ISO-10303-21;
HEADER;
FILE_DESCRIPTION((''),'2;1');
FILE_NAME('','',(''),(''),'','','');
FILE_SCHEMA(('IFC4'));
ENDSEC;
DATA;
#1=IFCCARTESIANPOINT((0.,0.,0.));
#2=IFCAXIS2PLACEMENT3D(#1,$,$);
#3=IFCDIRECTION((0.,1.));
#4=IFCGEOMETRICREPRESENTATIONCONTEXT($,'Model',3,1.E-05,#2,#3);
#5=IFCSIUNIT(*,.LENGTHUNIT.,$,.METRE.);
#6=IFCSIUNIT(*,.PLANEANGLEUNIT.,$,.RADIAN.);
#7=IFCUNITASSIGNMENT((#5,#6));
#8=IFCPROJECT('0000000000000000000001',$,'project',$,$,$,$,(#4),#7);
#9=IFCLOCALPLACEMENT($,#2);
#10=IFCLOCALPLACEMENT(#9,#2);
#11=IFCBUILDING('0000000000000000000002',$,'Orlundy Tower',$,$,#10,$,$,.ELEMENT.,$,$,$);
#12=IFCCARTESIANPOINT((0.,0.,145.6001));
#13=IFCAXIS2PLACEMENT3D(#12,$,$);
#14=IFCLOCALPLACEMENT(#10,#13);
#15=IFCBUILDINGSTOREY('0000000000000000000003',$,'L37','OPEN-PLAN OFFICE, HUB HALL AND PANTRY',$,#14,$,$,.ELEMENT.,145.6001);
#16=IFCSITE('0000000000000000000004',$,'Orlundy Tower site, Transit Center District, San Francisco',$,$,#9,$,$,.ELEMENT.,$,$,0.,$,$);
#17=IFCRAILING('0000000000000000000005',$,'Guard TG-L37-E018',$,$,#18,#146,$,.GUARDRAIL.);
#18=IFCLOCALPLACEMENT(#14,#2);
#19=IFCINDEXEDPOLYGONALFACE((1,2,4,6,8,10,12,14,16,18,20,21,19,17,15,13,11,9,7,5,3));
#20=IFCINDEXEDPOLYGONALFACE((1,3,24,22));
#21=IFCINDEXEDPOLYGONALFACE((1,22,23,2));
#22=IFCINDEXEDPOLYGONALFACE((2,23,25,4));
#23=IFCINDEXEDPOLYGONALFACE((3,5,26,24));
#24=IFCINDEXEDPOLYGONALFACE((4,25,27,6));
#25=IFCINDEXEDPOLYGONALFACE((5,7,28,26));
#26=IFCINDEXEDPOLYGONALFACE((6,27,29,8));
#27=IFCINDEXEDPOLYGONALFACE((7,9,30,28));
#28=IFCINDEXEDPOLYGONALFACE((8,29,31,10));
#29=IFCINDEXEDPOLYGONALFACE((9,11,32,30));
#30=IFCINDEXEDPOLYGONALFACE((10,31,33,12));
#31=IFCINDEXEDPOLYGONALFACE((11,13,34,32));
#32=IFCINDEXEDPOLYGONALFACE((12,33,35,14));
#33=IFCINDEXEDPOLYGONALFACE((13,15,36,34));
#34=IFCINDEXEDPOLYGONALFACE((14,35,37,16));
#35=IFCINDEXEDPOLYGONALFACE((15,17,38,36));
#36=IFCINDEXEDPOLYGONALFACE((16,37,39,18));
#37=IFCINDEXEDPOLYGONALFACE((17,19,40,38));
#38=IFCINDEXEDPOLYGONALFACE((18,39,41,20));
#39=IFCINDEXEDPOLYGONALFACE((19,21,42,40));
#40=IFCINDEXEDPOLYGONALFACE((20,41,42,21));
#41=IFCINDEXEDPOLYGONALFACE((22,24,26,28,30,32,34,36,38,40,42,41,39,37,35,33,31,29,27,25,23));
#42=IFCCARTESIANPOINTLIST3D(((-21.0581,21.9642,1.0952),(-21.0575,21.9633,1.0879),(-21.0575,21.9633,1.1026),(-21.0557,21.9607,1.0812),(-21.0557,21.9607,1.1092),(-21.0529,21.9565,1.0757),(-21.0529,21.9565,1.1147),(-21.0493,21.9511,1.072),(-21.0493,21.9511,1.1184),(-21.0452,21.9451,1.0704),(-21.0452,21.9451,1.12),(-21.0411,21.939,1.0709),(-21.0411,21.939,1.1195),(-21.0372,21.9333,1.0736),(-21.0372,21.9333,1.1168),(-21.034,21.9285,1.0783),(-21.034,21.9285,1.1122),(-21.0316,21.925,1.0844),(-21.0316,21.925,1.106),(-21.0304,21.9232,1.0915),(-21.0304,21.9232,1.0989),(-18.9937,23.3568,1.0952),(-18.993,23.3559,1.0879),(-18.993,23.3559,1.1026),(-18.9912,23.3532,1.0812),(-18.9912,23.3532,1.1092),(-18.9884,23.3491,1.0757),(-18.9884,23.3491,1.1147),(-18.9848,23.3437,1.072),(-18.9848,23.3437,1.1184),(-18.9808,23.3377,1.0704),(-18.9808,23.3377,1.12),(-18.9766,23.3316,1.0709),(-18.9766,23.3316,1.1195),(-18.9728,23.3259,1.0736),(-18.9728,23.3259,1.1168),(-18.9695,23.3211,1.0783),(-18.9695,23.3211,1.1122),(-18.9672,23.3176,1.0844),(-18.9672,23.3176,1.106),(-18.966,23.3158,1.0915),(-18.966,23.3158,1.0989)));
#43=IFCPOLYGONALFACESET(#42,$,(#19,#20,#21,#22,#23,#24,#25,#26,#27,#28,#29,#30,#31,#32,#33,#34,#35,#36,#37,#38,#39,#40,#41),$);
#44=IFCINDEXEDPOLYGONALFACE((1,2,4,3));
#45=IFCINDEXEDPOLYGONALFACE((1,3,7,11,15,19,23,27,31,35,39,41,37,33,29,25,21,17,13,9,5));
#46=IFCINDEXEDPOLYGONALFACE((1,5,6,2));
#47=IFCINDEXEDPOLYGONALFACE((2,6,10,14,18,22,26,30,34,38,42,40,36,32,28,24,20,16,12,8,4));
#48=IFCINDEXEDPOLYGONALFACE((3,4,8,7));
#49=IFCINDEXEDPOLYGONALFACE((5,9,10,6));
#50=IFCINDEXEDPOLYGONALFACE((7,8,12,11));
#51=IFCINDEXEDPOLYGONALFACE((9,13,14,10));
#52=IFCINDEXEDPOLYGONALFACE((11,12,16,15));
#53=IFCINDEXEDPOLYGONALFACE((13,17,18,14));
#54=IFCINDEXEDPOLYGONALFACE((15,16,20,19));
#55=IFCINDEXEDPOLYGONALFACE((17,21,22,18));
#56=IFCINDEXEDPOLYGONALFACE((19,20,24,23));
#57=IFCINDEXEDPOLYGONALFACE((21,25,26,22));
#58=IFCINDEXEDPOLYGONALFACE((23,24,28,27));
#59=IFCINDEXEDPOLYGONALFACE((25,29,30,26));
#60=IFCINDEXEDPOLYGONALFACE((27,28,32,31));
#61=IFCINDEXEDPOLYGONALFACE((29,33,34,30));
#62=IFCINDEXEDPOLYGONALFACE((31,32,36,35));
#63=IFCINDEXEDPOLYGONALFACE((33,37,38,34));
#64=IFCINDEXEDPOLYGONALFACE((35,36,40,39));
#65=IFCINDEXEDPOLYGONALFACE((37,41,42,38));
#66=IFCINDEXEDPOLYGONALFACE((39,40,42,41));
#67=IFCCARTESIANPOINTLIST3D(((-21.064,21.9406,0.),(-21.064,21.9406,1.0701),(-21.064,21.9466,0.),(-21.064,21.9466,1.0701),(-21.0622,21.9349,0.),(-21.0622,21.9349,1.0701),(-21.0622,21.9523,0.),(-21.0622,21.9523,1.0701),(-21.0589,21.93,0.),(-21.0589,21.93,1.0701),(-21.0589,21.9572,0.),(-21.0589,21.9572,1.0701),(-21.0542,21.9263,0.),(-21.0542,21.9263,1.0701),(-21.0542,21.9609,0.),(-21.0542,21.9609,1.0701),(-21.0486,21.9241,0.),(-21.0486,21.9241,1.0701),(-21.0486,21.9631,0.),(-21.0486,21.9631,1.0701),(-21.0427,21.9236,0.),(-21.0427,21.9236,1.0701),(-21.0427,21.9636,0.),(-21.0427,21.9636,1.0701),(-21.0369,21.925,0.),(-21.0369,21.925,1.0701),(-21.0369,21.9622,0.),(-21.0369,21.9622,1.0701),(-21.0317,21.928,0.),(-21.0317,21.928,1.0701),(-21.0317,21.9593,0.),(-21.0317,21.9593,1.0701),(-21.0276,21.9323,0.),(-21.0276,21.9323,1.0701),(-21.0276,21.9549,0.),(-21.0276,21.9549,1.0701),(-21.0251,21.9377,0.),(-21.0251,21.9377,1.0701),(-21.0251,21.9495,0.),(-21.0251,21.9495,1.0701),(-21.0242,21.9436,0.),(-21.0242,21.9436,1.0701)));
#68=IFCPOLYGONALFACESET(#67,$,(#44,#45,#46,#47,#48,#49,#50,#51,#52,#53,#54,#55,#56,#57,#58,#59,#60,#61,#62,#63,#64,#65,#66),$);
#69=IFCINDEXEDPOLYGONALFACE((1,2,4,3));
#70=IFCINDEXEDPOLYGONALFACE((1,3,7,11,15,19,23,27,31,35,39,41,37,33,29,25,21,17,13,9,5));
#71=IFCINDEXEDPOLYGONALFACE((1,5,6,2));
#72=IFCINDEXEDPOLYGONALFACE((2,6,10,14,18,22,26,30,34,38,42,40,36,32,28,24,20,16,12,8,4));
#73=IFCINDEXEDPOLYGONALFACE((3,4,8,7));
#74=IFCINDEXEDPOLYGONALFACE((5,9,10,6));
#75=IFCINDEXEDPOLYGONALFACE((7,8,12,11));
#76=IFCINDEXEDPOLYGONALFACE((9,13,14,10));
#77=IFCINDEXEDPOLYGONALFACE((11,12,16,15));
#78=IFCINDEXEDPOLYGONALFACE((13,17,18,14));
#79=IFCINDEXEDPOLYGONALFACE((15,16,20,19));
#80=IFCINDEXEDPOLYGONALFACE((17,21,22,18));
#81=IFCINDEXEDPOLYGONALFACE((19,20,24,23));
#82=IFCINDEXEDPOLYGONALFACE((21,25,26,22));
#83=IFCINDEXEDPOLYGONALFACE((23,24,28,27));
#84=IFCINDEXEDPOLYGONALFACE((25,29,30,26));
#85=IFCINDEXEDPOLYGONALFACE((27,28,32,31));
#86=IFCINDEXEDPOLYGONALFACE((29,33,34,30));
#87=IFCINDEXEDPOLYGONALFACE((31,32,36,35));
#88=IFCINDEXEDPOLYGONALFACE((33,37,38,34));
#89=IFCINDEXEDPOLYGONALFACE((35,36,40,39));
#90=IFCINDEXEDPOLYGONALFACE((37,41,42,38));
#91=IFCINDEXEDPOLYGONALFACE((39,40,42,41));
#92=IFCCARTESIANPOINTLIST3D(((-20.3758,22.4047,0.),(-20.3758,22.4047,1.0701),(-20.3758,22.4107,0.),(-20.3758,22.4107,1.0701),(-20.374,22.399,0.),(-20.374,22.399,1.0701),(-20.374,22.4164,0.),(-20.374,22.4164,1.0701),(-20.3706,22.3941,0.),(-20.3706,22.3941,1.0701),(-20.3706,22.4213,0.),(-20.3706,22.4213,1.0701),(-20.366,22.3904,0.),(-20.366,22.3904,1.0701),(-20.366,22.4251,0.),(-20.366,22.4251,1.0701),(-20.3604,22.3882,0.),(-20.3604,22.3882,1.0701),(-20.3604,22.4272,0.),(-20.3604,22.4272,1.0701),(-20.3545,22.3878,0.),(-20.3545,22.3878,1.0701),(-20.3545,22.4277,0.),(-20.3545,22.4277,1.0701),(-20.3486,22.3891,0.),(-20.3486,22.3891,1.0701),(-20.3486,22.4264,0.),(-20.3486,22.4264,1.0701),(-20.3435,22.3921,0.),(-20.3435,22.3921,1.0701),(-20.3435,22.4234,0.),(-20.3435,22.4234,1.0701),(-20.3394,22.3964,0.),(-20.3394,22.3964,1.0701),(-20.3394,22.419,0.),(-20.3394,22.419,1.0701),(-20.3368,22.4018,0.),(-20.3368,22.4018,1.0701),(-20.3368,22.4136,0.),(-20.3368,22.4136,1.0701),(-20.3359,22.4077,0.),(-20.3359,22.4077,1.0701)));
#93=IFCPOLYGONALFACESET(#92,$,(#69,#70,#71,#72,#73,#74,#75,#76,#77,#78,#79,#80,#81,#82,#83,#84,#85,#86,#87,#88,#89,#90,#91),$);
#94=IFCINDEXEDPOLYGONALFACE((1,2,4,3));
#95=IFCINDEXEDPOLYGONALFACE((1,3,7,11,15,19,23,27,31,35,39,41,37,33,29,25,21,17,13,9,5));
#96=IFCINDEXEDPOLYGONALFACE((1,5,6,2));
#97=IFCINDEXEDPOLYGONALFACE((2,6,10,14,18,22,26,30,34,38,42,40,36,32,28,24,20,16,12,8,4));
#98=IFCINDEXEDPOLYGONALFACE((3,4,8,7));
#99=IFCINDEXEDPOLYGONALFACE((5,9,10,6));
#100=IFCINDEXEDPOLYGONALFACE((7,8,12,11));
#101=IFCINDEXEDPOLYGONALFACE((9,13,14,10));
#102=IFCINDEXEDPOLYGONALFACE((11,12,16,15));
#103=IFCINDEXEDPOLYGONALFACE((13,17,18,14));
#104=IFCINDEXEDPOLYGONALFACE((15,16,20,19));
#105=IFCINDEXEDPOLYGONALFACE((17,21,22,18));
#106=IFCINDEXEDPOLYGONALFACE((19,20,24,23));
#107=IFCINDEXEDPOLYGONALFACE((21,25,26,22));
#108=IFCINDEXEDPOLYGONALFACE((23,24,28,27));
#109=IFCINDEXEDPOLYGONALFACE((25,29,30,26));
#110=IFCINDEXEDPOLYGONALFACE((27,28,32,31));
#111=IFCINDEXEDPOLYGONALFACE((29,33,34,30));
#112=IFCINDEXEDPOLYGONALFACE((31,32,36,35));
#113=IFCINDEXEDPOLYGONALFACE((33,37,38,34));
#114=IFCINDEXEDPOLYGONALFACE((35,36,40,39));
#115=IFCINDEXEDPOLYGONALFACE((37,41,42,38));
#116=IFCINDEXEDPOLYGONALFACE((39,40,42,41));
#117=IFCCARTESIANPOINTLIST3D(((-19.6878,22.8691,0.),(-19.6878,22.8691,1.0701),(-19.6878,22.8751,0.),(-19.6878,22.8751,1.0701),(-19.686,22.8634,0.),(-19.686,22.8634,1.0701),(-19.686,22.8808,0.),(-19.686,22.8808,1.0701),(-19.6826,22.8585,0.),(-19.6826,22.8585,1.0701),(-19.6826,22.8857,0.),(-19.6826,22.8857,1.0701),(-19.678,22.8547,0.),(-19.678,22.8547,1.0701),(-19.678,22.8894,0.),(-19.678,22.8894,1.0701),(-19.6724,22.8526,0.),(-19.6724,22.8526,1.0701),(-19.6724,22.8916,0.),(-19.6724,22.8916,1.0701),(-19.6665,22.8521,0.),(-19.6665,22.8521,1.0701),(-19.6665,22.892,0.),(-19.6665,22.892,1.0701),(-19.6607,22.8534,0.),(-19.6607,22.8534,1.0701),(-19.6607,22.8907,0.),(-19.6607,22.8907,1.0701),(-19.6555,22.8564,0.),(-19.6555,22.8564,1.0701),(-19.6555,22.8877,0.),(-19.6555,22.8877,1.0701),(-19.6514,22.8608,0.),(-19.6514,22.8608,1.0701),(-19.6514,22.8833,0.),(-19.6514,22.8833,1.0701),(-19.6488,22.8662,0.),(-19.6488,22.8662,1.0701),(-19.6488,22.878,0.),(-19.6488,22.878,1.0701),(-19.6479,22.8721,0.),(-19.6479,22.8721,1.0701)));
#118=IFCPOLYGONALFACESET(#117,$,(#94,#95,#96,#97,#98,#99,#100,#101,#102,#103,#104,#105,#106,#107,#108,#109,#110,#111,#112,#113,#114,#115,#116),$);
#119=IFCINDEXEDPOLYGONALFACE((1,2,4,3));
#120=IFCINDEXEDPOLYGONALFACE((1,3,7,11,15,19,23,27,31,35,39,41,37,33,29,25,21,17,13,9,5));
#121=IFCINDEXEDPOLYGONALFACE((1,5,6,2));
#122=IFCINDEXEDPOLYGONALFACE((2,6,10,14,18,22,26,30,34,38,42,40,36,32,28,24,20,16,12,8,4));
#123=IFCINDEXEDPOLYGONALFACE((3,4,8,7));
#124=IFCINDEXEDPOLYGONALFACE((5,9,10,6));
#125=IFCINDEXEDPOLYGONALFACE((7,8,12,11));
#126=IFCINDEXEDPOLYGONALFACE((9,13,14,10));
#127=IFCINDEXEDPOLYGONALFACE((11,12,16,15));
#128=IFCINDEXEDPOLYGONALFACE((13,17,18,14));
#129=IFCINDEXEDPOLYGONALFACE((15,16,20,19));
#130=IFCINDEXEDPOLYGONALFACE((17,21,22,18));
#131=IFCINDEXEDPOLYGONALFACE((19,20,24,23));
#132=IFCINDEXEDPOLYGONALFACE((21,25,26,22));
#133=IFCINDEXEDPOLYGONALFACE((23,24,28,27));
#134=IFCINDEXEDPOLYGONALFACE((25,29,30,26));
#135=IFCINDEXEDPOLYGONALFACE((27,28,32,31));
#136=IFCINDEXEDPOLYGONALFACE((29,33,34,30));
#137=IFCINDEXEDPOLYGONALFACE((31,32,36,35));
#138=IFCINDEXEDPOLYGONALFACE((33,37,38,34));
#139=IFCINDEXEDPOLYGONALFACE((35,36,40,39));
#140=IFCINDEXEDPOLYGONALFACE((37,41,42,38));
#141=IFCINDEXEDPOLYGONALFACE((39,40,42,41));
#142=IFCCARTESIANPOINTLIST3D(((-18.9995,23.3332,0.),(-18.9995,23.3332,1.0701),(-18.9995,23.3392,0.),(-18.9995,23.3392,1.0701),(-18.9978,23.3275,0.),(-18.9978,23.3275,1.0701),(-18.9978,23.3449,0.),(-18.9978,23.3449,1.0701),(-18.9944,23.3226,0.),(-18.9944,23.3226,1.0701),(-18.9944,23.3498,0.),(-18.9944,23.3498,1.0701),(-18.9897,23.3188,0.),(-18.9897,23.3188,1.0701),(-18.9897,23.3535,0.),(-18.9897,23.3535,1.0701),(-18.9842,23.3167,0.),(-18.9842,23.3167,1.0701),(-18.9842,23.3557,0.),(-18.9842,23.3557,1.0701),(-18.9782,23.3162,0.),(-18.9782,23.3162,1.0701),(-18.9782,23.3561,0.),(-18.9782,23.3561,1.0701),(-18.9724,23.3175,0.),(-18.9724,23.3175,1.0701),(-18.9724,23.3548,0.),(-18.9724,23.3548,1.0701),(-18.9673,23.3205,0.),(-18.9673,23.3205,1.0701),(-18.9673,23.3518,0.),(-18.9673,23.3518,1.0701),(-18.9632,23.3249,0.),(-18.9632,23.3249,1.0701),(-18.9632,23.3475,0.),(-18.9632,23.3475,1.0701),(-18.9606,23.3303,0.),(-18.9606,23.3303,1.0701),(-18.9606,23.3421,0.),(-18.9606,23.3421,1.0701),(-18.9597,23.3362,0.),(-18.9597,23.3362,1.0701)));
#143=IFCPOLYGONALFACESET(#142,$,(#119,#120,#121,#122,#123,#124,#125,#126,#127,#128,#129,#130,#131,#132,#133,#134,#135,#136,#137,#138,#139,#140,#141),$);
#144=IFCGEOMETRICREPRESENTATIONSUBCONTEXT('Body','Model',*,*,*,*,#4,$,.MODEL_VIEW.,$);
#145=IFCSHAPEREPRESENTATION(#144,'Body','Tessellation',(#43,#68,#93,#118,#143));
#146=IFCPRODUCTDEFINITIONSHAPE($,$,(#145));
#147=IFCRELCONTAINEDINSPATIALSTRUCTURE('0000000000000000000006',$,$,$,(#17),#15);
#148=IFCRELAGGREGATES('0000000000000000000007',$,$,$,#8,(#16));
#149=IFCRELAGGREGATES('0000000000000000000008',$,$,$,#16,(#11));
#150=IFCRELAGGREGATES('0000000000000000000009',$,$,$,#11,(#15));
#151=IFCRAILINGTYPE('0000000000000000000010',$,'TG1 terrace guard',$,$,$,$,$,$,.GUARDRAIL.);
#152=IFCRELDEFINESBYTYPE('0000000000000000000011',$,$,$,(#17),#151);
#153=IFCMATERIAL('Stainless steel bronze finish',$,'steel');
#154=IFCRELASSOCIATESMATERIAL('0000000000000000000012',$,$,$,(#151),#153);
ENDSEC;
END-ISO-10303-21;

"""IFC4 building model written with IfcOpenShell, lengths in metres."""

from ifc_helpers import new_model, si_unit, direction, frame, origin, origin_2d, place, context, subcontext, project, spatial, circle, extrude, material, type_object, element, save


model = new_model("IFC4")

# Units and contexts
model_context = context("Model", 3, precision=1e-05, world=origin(), true_north=direction((0.0, 1.0)))
body_context = subcontext(model_context, "Body", "Model", "MODEL_VIEW")
ifc_project = project(units=[si_unit("LENGTHUNIT", "METRE"), si_unit("PLANEANGLEUNIT", "RADIAN")], contexts=[model_context])

# Site, building, storey
site_placement = place(None, origin())
site = spatial("IfcSite", under=ifc_project, at=site_placement, Name="Orlundy Tower site, Transit Center District, San Francisco", CompositionType="ELEMENT", RefElevation=0.0)
building_placement = place(site_placement, origin())
building = spatial("IfcBuilding", under=site, at=building_placement, Name="Orlundy Tower", CompositionType="ELEMENT")
storey_placement = place(building_placement, frame((0.0, 0.0, 145.6001)))
storey = spatial("IfcBuildingStorey", under=building, at=storey_placement, Name="L37", Description="OPEN-PLAN OFFICE, HUB HALL AND PANTRY", CompositionType="ELEMENT", Elevation=145.6001)

# Railing
ifc_material_1 = material(Name="Stainless steel bronze finish", Category="steel")
railing_type_1 = type_object("IfcRailingType", Name="TG1 terrace guard", PredefinedType="GUARDRAIL", material=ifc_material_1)
railing_1_placement = place(storey_placement, frame((-21.0442, 21.9436, 0.0)))
element("IfcRailing", 1, at=railing_1_placement, inside=storey, type_object=railing_type_1, Name="Guard TG-L37-E018", PredefinedType="GUARDRAIL", context=body_context, shape_type="SweptSolid", body=[
    extrude(circle(Radius=0.0249, at=origin_2d()), frame((0.0, 0.0, 1.0952), z_axis=(0.829021, 0.559217, 0.0), x_axis=(-0.559217, 0.829021, 0.0)), (0.0, 0.0, 1.0), 2.4902),
    extrude(circle(Radius=0.02, at=origin_2d()), origin(), (0.0, 0.0, 1.0), 1.0701),
    extrude(circle(Radius=0.02, at=origin_2d()), frame((0.6882, 0.4641, 0.0)), (0.0, 0.0, 1.0), 1.0701),
    extrude(circle(Radius=0.02, at=origin_2d()), frame((1.3762, 0.9285, 0.0)), (0.0, 0.0, 1.0), 1.0701),
    extrude(circle(Radius=0.02, at=origin_2d()), frame((2.0645, 1.3926, 0.0)), (0.0, 0.0, 1.0), 1.0701),
])

save(model, "model.ifc")
